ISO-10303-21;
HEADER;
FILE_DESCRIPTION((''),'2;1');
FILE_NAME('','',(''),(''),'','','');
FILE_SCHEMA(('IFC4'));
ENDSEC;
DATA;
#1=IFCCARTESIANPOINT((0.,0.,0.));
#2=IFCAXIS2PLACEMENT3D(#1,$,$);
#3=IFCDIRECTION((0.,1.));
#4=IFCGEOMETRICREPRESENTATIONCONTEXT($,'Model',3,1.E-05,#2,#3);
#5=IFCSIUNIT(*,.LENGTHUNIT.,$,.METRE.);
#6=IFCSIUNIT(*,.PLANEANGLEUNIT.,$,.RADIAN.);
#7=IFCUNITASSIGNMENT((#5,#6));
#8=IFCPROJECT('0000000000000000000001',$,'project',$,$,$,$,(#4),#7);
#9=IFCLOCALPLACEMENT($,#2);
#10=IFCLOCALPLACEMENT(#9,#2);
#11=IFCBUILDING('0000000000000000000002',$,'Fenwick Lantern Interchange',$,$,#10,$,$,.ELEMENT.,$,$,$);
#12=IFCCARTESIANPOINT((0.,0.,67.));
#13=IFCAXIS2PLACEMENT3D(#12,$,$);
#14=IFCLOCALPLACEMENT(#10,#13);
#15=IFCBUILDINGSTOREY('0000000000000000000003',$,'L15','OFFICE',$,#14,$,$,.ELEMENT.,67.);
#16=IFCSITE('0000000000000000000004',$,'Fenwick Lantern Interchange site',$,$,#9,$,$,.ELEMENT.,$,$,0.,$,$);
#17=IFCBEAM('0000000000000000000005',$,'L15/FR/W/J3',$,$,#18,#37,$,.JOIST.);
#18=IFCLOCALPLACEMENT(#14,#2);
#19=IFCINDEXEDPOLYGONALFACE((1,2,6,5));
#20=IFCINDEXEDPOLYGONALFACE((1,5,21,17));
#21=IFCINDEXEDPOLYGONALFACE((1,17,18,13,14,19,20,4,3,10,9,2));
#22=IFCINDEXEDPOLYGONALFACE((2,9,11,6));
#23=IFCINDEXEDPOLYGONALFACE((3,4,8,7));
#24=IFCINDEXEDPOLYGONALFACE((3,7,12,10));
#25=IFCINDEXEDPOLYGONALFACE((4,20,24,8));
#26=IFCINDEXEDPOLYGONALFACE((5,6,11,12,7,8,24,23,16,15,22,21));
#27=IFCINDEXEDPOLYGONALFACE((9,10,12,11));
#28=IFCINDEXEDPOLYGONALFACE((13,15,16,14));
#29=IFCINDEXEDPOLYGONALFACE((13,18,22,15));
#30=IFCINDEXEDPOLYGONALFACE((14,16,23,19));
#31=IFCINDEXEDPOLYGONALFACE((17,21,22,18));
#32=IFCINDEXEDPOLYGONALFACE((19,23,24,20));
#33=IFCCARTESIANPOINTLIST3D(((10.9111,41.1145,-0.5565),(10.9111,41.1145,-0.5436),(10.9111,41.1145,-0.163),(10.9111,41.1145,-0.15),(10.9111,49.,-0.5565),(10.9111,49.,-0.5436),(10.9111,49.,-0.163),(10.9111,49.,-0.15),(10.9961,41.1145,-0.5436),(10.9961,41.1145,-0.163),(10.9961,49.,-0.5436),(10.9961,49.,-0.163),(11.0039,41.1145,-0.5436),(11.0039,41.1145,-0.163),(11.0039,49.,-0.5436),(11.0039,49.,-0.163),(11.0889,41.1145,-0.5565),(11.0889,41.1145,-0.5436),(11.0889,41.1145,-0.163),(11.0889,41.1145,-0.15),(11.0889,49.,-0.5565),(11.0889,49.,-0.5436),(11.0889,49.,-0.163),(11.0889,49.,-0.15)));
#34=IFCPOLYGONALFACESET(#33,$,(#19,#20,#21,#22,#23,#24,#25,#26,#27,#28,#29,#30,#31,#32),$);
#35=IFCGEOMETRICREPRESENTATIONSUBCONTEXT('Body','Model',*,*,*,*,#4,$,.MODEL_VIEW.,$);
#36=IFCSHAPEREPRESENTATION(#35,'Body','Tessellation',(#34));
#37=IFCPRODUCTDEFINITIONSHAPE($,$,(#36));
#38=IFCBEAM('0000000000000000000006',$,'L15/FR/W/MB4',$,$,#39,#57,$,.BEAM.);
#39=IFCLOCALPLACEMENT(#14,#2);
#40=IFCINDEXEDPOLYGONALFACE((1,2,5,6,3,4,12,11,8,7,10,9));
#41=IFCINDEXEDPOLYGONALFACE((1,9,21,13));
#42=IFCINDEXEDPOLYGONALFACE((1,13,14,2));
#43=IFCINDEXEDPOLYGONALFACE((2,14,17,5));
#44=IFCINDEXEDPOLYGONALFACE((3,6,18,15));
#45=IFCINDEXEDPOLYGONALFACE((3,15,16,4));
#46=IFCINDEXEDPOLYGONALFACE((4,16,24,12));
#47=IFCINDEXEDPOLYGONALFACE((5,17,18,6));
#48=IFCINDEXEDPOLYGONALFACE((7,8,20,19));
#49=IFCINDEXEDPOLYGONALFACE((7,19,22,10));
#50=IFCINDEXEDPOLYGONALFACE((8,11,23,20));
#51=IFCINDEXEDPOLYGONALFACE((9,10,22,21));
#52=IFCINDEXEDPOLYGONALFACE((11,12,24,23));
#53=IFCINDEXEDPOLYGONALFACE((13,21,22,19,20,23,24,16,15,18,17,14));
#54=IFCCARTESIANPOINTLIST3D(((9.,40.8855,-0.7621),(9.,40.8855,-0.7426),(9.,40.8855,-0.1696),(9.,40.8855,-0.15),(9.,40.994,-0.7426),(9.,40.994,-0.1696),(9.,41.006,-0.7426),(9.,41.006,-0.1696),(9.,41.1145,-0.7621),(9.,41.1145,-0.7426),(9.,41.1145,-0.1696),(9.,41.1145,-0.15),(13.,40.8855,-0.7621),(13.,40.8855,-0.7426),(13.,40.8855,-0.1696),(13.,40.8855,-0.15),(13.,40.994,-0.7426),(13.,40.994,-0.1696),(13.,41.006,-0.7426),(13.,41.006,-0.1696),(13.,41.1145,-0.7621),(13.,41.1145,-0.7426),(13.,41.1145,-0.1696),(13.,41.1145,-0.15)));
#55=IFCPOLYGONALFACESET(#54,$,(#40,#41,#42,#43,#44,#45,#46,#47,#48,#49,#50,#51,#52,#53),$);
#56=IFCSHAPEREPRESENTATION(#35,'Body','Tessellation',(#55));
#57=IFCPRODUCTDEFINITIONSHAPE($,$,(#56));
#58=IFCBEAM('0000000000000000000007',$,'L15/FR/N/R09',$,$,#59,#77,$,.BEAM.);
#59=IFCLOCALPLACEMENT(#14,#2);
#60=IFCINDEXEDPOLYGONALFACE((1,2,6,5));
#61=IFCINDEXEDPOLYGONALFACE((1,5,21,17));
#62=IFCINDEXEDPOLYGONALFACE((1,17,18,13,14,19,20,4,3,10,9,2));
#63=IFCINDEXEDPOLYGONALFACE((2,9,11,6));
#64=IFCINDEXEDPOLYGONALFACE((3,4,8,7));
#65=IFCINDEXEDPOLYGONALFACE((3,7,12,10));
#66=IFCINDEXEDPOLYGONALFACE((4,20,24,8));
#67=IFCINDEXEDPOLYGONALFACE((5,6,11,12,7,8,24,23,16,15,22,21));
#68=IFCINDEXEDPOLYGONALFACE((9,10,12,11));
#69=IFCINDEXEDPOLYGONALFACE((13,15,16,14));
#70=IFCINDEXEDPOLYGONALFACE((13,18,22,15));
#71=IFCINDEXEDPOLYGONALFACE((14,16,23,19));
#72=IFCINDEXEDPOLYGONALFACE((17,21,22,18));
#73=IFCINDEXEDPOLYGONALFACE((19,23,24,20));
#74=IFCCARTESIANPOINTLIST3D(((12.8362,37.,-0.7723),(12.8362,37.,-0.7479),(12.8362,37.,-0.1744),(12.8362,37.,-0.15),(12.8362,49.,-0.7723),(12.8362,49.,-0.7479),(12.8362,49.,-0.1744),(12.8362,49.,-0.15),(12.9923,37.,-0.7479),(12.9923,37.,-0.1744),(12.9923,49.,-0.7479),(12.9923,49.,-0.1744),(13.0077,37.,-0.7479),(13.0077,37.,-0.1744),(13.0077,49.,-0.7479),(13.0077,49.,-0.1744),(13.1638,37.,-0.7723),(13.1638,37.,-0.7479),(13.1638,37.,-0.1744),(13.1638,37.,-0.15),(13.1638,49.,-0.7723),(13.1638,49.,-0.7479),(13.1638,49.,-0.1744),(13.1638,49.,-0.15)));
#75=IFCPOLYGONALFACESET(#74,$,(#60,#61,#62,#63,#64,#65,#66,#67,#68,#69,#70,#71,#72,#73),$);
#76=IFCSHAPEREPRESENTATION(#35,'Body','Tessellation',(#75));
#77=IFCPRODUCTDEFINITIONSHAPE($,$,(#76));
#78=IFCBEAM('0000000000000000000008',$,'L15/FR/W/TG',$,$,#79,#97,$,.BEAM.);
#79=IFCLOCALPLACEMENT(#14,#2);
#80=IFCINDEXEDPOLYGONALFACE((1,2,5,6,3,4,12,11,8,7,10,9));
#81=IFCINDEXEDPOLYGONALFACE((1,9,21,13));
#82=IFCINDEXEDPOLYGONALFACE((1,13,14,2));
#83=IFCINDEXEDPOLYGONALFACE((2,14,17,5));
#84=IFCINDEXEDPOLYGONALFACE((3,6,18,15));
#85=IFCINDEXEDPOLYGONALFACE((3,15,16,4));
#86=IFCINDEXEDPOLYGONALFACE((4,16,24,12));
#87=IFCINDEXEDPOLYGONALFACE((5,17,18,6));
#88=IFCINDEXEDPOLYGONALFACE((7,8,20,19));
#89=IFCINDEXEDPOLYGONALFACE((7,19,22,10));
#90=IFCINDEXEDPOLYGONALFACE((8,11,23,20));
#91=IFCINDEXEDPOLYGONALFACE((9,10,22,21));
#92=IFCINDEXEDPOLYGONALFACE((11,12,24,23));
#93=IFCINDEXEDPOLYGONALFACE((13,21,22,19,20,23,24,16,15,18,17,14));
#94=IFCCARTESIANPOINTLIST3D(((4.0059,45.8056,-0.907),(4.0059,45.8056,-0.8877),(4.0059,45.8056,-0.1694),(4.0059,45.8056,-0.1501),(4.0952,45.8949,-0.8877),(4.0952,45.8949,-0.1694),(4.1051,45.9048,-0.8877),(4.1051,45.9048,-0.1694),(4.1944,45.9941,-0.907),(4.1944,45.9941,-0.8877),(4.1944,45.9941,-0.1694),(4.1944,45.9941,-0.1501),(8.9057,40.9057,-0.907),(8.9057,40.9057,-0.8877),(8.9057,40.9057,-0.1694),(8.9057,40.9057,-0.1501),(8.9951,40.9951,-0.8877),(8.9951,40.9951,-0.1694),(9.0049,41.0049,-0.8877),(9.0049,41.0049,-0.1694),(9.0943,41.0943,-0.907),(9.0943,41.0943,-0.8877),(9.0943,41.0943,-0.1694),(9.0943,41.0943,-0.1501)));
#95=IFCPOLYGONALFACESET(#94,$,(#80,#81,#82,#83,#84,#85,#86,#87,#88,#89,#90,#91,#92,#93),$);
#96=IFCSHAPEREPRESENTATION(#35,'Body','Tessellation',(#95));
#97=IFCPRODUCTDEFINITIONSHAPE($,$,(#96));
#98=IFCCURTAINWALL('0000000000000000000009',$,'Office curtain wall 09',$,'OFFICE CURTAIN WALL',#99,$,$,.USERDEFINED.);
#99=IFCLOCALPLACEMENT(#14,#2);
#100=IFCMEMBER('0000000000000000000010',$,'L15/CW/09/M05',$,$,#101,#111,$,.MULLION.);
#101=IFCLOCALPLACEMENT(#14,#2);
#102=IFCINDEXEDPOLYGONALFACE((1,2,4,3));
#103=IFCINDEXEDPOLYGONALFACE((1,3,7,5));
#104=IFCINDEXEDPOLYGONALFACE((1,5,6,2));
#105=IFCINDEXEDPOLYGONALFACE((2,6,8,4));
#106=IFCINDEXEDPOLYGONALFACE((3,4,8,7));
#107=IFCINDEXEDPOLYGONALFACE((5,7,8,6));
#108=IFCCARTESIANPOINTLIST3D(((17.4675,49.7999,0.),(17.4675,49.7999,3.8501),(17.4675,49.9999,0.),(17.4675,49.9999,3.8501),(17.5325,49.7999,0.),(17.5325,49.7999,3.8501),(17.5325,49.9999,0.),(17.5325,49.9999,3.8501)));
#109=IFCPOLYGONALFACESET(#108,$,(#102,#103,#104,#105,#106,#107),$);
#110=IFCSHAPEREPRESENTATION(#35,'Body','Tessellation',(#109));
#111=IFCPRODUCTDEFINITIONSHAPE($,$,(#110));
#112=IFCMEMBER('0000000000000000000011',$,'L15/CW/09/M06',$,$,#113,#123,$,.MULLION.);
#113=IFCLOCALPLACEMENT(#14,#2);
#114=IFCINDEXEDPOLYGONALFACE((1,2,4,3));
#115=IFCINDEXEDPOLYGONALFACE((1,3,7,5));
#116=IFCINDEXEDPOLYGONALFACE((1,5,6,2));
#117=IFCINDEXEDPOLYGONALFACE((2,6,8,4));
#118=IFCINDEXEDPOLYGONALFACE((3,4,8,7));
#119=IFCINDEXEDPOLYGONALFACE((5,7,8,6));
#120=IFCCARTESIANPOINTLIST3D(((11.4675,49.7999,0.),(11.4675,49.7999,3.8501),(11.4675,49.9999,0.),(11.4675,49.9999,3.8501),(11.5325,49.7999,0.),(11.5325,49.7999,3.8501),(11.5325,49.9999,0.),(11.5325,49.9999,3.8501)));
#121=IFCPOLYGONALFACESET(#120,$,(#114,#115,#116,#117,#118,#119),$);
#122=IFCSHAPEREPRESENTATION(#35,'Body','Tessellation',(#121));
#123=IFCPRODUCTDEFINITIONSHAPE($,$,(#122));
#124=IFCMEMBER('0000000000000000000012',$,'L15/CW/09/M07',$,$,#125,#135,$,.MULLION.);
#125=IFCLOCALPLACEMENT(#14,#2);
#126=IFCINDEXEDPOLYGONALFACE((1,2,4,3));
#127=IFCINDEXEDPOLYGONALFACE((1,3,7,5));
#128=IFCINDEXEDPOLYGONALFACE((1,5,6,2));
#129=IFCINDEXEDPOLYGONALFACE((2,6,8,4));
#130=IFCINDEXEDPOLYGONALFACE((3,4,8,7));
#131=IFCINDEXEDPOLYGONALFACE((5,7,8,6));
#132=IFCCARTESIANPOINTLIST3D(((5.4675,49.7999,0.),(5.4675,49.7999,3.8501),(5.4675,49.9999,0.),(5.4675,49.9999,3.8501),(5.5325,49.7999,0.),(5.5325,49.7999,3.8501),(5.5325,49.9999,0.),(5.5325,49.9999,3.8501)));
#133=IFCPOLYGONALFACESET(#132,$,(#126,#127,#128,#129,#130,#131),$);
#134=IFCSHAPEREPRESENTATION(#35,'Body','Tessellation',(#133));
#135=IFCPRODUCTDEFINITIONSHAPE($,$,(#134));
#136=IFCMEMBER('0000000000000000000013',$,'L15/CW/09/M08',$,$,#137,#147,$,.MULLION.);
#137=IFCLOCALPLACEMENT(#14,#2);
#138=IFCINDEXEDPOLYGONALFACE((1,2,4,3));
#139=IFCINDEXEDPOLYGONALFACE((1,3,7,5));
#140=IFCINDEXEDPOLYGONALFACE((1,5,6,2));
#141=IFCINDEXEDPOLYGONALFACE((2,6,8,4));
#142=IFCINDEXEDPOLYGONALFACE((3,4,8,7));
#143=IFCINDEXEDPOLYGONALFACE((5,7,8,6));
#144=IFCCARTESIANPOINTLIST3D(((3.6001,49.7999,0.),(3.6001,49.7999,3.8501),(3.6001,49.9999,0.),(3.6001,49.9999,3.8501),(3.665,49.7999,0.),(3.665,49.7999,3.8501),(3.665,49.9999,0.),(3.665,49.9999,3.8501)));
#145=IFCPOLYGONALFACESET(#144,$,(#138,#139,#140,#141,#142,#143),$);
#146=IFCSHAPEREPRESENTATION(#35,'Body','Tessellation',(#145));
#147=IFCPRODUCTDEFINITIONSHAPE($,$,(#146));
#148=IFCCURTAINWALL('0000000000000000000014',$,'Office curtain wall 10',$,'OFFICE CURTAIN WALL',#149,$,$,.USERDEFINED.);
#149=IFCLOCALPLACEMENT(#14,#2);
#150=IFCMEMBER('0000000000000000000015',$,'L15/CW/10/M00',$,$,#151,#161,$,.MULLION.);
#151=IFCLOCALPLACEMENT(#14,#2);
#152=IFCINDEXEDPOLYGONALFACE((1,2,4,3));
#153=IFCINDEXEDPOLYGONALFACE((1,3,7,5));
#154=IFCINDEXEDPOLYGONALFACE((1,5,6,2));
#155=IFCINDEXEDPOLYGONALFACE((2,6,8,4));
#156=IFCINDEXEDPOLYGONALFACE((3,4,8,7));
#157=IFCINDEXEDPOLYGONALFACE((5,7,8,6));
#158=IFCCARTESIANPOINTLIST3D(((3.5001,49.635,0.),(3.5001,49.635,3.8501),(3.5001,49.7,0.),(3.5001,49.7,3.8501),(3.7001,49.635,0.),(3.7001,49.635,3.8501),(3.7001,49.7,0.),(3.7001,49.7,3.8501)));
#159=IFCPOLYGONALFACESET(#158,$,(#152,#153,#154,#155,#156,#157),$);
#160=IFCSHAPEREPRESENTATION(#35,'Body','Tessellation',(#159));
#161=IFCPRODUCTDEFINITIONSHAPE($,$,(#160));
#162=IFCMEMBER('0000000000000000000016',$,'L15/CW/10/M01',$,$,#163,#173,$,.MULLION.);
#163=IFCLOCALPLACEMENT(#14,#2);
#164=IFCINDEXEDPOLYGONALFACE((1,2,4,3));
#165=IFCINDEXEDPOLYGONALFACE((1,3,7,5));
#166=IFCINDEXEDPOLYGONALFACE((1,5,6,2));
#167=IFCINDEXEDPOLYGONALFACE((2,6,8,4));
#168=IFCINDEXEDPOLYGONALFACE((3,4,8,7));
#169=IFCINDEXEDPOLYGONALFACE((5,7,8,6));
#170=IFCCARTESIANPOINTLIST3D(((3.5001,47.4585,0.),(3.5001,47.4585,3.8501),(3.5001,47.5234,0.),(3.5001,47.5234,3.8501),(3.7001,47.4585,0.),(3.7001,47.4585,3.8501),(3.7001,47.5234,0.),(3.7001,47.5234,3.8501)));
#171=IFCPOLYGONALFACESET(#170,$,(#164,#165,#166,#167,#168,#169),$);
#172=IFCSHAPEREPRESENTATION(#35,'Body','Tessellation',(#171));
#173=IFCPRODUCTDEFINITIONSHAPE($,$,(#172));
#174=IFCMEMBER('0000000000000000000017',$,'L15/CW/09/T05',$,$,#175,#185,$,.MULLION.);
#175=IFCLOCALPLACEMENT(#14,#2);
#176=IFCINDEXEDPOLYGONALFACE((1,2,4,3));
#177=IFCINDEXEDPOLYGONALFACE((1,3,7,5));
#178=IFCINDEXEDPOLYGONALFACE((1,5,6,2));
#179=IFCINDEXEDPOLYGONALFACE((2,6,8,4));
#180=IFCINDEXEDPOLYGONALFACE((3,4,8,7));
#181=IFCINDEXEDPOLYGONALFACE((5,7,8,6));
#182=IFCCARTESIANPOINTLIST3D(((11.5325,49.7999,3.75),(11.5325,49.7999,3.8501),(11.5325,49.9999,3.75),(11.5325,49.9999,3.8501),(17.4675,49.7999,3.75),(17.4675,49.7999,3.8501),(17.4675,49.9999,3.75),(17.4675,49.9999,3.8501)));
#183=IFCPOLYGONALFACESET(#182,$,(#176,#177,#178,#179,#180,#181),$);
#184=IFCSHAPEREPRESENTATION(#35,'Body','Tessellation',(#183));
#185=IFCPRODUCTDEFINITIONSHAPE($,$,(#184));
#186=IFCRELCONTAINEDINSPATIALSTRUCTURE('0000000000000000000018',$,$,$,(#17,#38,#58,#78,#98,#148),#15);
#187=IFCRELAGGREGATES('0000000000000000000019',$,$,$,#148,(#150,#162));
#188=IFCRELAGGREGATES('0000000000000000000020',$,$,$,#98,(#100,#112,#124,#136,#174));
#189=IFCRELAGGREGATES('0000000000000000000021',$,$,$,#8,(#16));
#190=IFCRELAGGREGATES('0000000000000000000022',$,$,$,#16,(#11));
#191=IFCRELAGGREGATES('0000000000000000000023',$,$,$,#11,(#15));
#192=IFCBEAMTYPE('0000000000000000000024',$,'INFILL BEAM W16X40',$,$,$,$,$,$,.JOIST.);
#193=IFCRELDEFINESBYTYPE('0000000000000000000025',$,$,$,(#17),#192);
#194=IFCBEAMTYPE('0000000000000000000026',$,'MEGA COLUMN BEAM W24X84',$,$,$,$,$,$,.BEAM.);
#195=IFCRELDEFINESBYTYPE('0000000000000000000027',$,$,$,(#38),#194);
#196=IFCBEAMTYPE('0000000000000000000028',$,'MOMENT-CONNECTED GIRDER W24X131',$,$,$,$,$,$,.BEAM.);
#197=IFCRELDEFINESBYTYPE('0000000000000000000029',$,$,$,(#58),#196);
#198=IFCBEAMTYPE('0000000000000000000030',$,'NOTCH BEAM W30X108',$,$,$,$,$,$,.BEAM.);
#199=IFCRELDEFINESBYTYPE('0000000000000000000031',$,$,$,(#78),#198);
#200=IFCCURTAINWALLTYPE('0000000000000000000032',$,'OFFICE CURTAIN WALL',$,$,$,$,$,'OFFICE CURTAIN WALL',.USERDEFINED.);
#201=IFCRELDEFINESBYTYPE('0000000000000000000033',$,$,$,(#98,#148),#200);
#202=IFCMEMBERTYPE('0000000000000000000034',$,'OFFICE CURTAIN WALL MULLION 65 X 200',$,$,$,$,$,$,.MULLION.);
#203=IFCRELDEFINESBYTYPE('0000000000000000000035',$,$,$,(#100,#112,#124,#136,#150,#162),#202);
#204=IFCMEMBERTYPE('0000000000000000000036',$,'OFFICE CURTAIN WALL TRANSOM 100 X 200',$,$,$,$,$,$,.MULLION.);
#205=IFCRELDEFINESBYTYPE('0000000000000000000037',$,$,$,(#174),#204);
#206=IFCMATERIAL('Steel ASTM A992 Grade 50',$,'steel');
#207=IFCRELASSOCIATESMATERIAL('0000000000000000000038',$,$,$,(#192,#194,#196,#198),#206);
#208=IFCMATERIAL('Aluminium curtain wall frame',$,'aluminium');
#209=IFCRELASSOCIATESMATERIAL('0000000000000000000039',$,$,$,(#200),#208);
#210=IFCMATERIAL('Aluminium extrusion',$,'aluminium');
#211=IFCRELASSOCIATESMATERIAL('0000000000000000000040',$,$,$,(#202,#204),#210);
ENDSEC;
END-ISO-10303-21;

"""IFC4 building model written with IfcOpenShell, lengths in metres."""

from ifc_helpers import new_model, si_unit, direction, frame, origin, origin_2d, place, context, subcontext, project, spatial, rectangle, i_section, extrude, material, material_profile, profile_set, type_object, element, aggregate, save


model = new_model("IFC4")

# Units and contexts
model_context = context("Model", 3, precision=1e-05, world=origin(), true_north=direction((0.0, 1.0)))
body_context = subcontext(model_context, "Body", "Model", "MODEL_VIEW")
ifc_project = project(units=[si_unit("LENGTHUNIT", "METRE"), si_unit("PLANEANGLEUNIT", "RADIAN")], contexts=[model_context])

# Site, building, storey
site_placement = place(None, origin())
site = spatial("IfcSite", under=ifc_project, at=site_placement, Name="Fenwick Lantern Interchange site", CompositionType="ELEMENT", RefElevation=0.0)
building_placement = place(site_placement, origin())
building = spatial("IfcBuilding", under=site, at=building_placement, Name="Fenwick Lantern Interchange", CompositionType="ELEMENT")
storey_placement = place(building_placement, frame((0.0, 0.0, 67.0)))
storey = spatial("IfcBuildingStorey", under=building, at=storey_placement, Name="L15", Description="OFFICE", CompositionType="ELEMENT", Elevation=67.0)

# Shared definitions
ifc_material_1 = material(Name="Steel ASTM A992 Grade 50", Category="steel")

# Beams
ifc_material_profile_1 = material_profile(ifc_material_1, i_section(OverallWidth=0.1777, OverallDepth=0.4065, WebThickness=0.0078, FlangeThickness=0.0129, at=origin_2d()), Name="W16X40")
ifc_profile_set_1 = profile_set([ifc_material_profile_1], Name="Steel ASTM A992 Grade 50")
beam_type_1 = type_object("IfcBeamType", Name="INFILL BEAM W16X40", PredefinedType="JOIST", material=ifc_profile_set_1)
beam_1_placement = place(storey_placement, frame((11.0, 49.0, -0.3533), z_axis=(0.0, -1.0, 0.0), x_axis=(1.0, 0.0, 0.0)))
element("IfcBeam", 1, at=beam_1_placement, inside=storey, type_object=beam_type_1, Name="L15/FR/W/J3", PredefinedType="JOIST", context=body_context, shape_type="SweptSolid", body=[
    extrude(i_section(OverallWidth=0.1777, OverallDepth=0.4065, WebThickness=0.0078, FlangeThickness=0.0129, at=origin_2d()), origin(), (0.0, 0.0, 1.0), 7.8855),
])
ifc_material_profile_2 = material_profile(ifc_material_1, i_section(OverallWidth=0.229, OverallDepth=0.6121, WebThickness=0.012, FlangeThickness=0.0195, at=origin_2d()), Name="W24X84")
ifc_profile_set_2 = profile_set([ifc_material_profile_2], Name="Steel ASTM A992 Grade 50")
beam_type_2 = type_object("IfcBeamType", Name="MEGA COLUMN BEAM W24X84", PredefinedType="BEAM", material=ifc_profile_set_2)
beam_2_placement = place(storey_placement, frame((9.0, 41.0, -0.4561), z_axis=(1.0, 0.0, 0.0), x_axis=(0.0, 1.0, 0.0)))
element("IfcBeam", 2, at=beam_2_placement, inside=storey, type_object=beam_type_2, Name="L15/FR/W/MB4", PredefinedType="BEAM", context=body_context, shape_type="SweptSolid", body=[
    extrude(i_section(OverallWidth=0.229, OverallDepth=0.6121, WebThickness=0.012, FlangeThickness=0.0195, at=origin_2d()), origin(), (0.0, 0.0, 1.0), 4.0),
])
ifc_material_profile_3 = material_profile(ifc_material_1, i_section(OverallWidth=0.3276, OverallDepth=0.6223, WebThickness=0.0154, FlangeThickness=0.0244, at=origin_2d()), Name="W24X131")
ifc_profile_set_3 = profile_set([ifc_material_profile_3], Name="Steel ASTM A992 Grade 50")
beam_type_3 = type_object("IfcBeamType", Name="MOMENT-CONNECTED GIRDER W24X131", PredefinedType="BEAM", material=ifc_profile_set_3)
beam_3_placement = place(storey_placement, frame((13.0, 49.0, -0.4612), z_axis=(0.0, -1.0, 0.0), x_axis=(1.0, 0.0, 0.0)))
element("IfcBeam", 3, at=beam_3_placement, inside=storey, type_object=beam_type_3, Name="L15/FR/N/R09", PredefinedType="BEAM", context=body_context, shape_type="SweptSolid", body=[
    extrude(i_section(OverallWidth=0.3276, OverallDepth=0.6223, WebThickness=0.0154, FlangeThickness=0.0244, at=origin_2d()), origin(), (0.0, 0.0, 1.0), 12.0),
])
ifc_material_profile_4 = material_profile(ifc_material_1, i_section(OverallWidth=0.2666, OverallDepth=0.7568, WebThickness=0.0139, FlangeThickness=0.0193, at=origin_2d()), Name="W30X108")
ifc_profile_set_4 = profile_set([ifc_material_profile_4], Name="Steel ASTM A992 Grade 50")
beam_type_4 = type_object("IfcBeamType", Name="NOTCH BEAM W30X108", PredefinedType="BEAM", material=ifc_profile_set_4)
beam_4_placement = place(storey_placement, frame((9.0, 41.0, -0.5286), z_axis=(-0.707107, 0.707107, 0.0), x_axis=(-0.707107, -0.707107, 0.0)))
element("IfcBeam", 4, at=beam_4_placement, inside=storey, type_object=beam_type_4, Name="L15/FR/W/TG", PredefinedType="BEAM", context=body_context, shape_type="SweptSolid", body=[
    extrude(i_section(OverallWidth=0.2666, OverallDepth=0.7568, WebThickness=0.0139, FlangeThickness=0.0193, at=origin_2d()), origin(), (0.0, 0.0, 1.0), 6.9294),
])

# Curtain walls, members
ifc_material_2 = material(Name="Aluminium curtain wall frame", Category="aluminium")
curtain_wall_type = type_object("IfcCurtainWallType", Name="OFFICE CURTAIN WALL", ElementType="OFFICE CURTAIN WALL", PredefinedType="USERDEFINED", material=ifc_material_2)
curtain_wall_1_placement = place(storey_placement, origin())
curtain_wall_1 = element("IfcCurtainWall", 5, at=curtain_wall_1_placement, inside=storey, type_object=curtain_wall_type, Name="Office curtain wall 09", ObjectType="OFFICE CURTAIN WALL", PredefinedType="USERDEFINED")
ifc_material_3 = material(Name="Aluminium extrusion", Category="aluminium")
ifc_material_profile_5 = material_profile(ifc_material_3, rectangle(XDim=0.2, YDim=0.0649, at=origin_2d()), Name="OFFICE CURTAIN WALL MULLION 65 X 200")
ifc_profile_set_5 = profile_set([ifc_material_profile_5], Name="Aluminium extrusion")
member_type_1 = type_object("IfcMemberType", Name="OFFICE CURTAIN WALL MULLION 65 X 200", PredefinedType="MULLION", material=ifc_profile_set_5)
member_1_placement = place(storey_placement, frame((17.5, 49.8999, 0.0), z_axis=(0.0, 0.0, 1.0), x_axis=(0.0, -1.0, 0.0)))
member_1 = element("IfcMember", 6, at=member_1_placement, type_object=member_type_1, Name="L15/CW/09/M05", PredefinedType="MULLION", context=body_context, shape_type="SweptSolid", body=[
    extrude(rectangle(XDim=0.2, YDim=0.0649, at=origin_2d()), origin(), (0.0, 0.0, 1.0), 3.8501),
])
member_2_placement = place(storey_placement, frame((11.5, 49.8999, 0.0), z_axis=(0.0, 0.0, 1.0), x_axis=(0.0, -1.0, 0.0)))
member_2 = element("IfcMember", 7, at=member_2_placement, type_object=member_type_1, Name="L15/CW/09/M06", PredefinedType="MULLION", context=body_context, shape_type="SweptSolid", body=[
    extrude(rectangle(XDim=0.2, YDim=0.0649, at=origin_2d()), origin(), (0.0, 0.0, 1.0), 3.8501),
])
member_3_placement = place(storey_placement, frame((5.5, 49.8999, 0.0), z_axis=(0.0, 0.0, 1.0), x_axis=(0.0, -1.0, 0.0)))
member_3 = element("IfcMember", 8, at=member_3_placement, type_object=member_type_1, Name="L15/CW/09/M07", PredefinedType="MULLION", context=body_context, shape_type="SweptSolid", body=[
    extrude(rectangle(XDim=0.2, YDim=0.0649, at=origin_2d()), origin(), (0.0, 0.0, 1.0), 3.8501),
])
member_4_placement = place(storey_placement, frame((3.6326, 49.8999, 0.0), z_axis=(0.0, 0.0, 1.0), x_axis=(0.0, -1.0, 0.0)))
member_4 = element("IfcMember", 9, at=member_4_placement, type_object=member_type_1, Name="L15/CW/09/M08", PredefinedType="MULLION", context=body_context, shape_type="SweptSolid", body=[
    extrude(rectangle(XDim=0.2, YDim=0.0649, at=origin_2d()), origin(), (0.0, 0.0, 1.0), 3.8501),
])
curtain_wall_2_placement = place(storey_placement, origin())
curtain_wall_2 = element("IfcCurtainWall", 10, at=curtain_wall_2_placement, inside=storey, type_object=curtain_wall_type, Name="Office curtain wall 10", ObjectType="OFFICE CURTAIN WALL", PredefinedType="USERDEFINED")
member_5_placement = place(storey_placement, frame((3.6001, 49.6675, 0.0), z_axis=(0.0, 0.0, 1.0), x_axis=(1.0, 0.0, 0.0)))
member_5 = element("IfcMember", 11, at=member_5_placement, type_object=member_type_1, Name="L15/CW/10/M00", PredefinedType="MULLION", context=body_context, shape_type="SweptSolid", body=[
    extrude(rectangle(XDim=0.2, YDim=0.0649, at=origin_2d()), origin(), (0.0, 0.0, 1.0), 3.8501),
])
member_6_placement = place(storey_placement, frame((3.6001, 47.491, 0.0), z_axis=(0.0, 0.0, 1.0), x_axis=(1.0, 0.0, 0.0)))
member_6 = element("IfcMember", 12, at=member_6_placement, type_object=member_type_1, Name="L15/CW/10/M01", PredefinedType="MULLION", context=body_context, shape_type="SweptSolid", body=[
    extrude(rectangle(XDim=0.2, YDim=0.0649, at=origin_2d()), origin(), (0.0, 0.0, 1.0), 3.8501),
])

# Member
ifc_material_profile_6 = material_profile(ifc_material_3, rectangle(XDim=0.2, YDim=0.1001, at=origin_2d()), Name="OFFICE CURTAIN WALL TRANSOM 100 X 200")
ifc_profile_set_6 = profile_set([ifc_material_profile_6], Name="Aluminium extrusion")
member_type_2 = type_object("IfcMemberType", Name="OFFICE CURTAIN WALL TRANSOM 100 X 200", PredefinedType="MULLION", material=ifc_profile_set_6)
member_7_placement = place(storey_placement, frame((17.4675, 49.8999, 3.8), z_axis=(-1.0, 0.0, 0.0), x_axis=(0.0, -1.0, 0.0)))
member_7 = element("IfcMember", 13, at=member_7_placement, type_object=member_type_2, Name="L15/CW/09/T05", PredefinedType="MULLION", context=body_context, shape_type="SweptSolid", body=[
    extrude(rectangle(XDim=0.2, YDim=0.1001, at=origin_2d()), origin(), (0.0, 0.0, 1.0), 5.9351),
])
aggregate(curtain_wall_2, [member_5, member_6])

aggregate(curtain_wall_1, [member_1, member_2, member_3, member_4, member_7])

save(model, "model.ifc")
